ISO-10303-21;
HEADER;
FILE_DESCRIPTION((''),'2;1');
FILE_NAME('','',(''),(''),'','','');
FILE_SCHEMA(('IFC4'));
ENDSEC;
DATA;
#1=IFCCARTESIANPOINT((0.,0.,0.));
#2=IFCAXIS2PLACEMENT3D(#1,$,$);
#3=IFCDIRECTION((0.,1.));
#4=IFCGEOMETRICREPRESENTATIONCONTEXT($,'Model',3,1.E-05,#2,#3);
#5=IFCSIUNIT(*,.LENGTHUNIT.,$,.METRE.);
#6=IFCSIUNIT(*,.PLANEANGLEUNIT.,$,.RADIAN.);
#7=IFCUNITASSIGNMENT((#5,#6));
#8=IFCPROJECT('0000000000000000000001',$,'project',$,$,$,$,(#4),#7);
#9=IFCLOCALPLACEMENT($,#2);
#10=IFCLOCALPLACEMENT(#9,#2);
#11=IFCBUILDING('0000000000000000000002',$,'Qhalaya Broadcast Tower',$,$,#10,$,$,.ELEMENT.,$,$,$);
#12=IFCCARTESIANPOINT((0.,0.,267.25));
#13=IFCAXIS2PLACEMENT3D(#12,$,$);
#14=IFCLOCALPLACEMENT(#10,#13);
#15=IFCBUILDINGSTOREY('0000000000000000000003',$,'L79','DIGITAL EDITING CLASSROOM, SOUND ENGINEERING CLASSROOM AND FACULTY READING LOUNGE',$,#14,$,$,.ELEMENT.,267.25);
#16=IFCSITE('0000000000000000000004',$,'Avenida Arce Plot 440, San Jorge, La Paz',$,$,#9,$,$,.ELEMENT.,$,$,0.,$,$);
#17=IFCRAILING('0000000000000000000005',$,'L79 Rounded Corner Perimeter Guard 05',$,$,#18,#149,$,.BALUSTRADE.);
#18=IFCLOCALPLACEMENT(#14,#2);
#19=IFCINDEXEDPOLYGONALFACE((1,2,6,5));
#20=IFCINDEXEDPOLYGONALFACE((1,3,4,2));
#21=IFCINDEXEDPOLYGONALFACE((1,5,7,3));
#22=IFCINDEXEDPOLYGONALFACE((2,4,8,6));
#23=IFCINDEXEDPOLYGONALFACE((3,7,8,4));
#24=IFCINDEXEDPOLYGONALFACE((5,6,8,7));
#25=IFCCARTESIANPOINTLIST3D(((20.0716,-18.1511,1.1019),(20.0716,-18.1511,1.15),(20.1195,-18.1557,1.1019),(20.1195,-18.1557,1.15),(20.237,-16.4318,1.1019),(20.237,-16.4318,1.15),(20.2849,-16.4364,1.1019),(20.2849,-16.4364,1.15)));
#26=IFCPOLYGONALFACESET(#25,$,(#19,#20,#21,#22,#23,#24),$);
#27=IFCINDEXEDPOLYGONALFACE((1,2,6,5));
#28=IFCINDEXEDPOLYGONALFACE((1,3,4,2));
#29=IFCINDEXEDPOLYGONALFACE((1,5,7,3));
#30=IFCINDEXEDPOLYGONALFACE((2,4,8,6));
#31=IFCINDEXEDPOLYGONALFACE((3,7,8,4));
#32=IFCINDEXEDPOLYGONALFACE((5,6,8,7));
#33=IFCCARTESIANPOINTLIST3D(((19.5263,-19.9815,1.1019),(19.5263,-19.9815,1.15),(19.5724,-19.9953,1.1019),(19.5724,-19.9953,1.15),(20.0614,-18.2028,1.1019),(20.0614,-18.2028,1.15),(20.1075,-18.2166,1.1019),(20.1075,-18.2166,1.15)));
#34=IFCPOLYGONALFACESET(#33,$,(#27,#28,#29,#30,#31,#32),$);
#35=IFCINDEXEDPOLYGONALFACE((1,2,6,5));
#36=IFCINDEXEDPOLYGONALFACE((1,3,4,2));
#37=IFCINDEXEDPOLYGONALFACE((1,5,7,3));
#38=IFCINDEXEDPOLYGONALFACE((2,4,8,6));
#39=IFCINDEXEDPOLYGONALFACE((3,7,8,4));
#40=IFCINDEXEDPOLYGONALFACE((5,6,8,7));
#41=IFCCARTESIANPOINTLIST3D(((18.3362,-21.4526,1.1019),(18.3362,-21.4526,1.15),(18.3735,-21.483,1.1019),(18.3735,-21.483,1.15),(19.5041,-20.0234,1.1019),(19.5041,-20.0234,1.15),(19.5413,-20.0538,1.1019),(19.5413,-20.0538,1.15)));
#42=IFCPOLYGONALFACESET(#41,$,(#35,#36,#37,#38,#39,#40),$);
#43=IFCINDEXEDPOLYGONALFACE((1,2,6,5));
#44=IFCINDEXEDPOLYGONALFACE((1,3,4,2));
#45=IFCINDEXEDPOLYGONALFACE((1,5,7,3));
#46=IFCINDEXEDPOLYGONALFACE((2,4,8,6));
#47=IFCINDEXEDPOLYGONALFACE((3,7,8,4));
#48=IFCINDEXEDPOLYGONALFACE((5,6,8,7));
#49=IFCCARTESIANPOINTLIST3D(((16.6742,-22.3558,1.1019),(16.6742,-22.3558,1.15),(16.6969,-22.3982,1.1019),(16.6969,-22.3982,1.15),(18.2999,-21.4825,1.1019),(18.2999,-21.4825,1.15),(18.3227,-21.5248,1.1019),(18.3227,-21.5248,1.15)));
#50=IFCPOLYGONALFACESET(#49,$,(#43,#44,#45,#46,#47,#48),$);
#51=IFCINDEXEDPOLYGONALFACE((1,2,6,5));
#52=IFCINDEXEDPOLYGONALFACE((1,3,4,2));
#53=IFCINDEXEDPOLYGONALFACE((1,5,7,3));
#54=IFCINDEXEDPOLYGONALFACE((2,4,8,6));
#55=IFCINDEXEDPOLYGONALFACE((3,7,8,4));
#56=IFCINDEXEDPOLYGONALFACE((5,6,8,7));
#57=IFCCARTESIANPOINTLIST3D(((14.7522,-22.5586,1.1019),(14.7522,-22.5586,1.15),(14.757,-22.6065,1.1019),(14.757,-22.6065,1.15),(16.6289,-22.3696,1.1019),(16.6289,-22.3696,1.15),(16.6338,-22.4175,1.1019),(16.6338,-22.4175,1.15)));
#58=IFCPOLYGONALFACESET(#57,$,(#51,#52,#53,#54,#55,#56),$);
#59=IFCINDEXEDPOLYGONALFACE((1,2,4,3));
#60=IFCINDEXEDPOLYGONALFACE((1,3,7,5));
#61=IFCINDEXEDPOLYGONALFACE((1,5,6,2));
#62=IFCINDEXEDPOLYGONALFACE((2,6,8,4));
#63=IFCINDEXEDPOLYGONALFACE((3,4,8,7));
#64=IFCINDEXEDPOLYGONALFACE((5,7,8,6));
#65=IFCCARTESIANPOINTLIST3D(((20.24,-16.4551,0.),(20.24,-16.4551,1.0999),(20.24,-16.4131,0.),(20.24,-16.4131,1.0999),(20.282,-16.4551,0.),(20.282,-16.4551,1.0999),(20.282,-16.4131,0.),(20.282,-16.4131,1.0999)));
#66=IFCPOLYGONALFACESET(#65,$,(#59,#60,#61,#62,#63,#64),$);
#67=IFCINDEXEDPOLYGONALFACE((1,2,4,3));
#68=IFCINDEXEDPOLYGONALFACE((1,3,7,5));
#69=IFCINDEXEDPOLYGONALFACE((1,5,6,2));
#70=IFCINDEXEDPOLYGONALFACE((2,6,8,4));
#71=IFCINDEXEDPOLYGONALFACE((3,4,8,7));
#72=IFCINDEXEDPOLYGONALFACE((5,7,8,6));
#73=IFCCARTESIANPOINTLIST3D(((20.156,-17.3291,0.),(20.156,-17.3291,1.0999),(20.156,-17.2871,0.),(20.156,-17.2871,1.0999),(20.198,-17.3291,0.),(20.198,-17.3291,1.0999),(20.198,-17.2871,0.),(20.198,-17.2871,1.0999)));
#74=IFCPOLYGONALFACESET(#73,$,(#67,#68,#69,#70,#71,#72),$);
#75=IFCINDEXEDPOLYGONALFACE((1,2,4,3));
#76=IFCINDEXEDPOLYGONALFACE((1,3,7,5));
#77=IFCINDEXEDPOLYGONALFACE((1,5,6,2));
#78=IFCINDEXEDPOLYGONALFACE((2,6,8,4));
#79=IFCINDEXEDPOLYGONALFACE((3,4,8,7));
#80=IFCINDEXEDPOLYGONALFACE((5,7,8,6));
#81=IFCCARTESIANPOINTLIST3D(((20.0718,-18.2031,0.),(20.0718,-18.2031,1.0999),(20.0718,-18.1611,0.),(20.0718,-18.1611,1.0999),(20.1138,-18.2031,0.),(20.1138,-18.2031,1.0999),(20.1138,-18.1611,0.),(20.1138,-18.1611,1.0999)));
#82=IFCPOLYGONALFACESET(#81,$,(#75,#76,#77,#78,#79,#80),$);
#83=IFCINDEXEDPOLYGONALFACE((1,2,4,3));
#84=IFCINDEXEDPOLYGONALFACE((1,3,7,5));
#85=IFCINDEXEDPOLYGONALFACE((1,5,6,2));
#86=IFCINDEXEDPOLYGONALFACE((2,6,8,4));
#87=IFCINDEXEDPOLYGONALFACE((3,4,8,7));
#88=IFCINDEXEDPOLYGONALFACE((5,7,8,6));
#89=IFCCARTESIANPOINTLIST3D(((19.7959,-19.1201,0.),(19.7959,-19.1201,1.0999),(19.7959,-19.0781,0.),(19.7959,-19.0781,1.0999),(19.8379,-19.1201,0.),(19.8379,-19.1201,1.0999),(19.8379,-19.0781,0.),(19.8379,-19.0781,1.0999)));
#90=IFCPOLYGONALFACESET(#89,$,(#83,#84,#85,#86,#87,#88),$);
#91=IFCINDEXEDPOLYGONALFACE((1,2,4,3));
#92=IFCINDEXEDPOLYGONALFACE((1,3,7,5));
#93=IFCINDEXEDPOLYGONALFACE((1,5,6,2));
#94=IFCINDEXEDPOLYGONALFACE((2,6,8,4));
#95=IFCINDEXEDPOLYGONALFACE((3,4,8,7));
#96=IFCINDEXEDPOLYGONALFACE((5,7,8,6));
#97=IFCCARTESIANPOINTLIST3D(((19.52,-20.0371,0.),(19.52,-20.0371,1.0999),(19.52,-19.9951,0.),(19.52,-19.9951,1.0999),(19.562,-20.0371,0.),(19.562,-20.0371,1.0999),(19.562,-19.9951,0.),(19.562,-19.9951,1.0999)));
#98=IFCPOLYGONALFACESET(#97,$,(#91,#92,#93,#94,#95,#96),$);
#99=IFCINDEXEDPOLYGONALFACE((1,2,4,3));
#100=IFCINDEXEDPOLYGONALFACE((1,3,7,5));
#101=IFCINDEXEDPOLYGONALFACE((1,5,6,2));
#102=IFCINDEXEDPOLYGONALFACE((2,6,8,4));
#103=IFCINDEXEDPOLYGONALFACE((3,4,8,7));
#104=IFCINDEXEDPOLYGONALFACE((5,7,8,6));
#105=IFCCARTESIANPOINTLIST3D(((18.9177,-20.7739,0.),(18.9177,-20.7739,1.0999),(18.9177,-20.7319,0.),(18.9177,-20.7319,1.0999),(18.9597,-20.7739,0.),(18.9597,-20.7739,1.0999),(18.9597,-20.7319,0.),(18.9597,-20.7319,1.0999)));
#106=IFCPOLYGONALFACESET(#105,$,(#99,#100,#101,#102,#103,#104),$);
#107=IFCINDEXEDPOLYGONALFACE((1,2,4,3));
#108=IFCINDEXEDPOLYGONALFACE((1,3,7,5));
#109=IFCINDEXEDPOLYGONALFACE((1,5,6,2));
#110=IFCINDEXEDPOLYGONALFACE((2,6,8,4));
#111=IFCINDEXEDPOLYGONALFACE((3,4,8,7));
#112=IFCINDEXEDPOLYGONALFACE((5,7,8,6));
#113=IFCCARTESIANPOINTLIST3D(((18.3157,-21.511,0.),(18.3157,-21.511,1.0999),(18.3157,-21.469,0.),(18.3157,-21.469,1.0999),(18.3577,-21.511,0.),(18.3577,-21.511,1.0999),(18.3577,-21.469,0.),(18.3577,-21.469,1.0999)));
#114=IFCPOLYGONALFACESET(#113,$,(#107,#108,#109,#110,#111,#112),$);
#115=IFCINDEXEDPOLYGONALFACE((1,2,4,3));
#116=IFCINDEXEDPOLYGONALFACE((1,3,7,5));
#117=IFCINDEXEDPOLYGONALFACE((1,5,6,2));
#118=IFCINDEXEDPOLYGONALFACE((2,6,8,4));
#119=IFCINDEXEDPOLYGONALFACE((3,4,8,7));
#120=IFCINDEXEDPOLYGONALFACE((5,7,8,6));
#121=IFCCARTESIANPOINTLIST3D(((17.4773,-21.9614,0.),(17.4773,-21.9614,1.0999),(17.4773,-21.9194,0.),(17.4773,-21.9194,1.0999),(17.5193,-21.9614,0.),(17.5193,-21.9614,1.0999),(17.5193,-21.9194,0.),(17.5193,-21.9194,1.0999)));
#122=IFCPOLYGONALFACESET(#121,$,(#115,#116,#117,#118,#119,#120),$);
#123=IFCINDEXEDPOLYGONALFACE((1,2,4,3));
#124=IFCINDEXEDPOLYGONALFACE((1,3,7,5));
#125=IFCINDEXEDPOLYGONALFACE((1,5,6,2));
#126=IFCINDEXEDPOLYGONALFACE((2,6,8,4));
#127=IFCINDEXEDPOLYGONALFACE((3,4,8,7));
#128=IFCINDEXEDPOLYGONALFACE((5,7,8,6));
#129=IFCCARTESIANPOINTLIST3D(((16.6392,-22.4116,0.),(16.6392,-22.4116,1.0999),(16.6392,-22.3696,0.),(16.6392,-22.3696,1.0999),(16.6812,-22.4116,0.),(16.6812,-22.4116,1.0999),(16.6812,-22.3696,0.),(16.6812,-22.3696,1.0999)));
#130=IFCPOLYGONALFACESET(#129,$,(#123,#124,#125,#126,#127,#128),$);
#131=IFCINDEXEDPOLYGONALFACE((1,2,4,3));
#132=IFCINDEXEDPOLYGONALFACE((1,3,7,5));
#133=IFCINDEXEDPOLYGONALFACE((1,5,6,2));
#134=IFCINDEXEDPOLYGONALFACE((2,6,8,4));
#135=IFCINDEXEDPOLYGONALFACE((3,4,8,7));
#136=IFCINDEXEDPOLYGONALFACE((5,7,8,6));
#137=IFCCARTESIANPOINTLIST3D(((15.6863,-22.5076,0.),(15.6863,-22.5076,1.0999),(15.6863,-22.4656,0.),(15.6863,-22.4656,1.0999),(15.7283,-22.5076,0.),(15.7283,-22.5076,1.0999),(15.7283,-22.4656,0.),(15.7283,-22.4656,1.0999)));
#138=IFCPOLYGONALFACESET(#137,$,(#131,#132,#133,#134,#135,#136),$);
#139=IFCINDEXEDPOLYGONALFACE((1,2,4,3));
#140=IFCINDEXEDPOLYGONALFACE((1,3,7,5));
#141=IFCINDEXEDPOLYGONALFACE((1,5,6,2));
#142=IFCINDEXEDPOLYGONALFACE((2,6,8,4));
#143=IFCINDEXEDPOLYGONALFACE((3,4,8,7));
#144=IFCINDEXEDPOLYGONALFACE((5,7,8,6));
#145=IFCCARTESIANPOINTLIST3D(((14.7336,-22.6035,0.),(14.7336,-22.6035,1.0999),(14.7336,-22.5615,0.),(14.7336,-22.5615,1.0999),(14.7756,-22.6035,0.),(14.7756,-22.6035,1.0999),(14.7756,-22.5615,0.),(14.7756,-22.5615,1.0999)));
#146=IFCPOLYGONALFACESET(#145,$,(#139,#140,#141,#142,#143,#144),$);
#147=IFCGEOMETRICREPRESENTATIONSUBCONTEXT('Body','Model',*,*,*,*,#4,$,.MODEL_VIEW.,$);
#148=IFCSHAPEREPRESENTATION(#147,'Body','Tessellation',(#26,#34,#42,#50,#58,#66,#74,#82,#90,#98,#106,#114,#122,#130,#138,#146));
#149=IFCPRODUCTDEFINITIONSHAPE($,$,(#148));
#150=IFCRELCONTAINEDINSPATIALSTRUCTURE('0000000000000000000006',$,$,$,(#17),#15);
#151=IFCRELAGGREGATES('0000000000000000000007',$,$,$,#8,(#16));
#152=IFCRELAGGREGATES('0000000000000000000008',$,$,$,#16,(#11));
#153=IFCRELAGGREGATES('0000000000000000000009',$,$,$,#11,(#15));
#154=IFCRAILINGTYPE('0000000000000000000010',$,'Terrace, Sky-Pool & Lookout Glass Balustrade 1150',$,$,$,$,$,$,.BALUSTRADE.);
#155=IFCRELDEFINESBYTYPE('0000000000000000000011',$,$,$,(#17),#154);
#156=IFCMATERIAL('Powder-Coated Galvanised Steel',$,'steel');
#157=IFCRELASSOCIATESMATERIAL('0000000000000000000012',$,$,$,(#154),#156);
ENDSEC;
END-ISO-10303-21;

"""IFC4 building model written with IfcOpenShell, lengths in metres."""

from ifc_helpers import new_model, si_unit, direction, frame, origin, origin_2d, place, context, subcontext, project, spatial, rectangle, extrude, material, type_object, element, save


model = new_model("IFC4")

# Units and contexts
model_context = context("Model", 3, precision=1e-05, world=origin(), true_north=direction((0.0, 1.0)))
body_context = subcontext(model_context, "Body", "Model", "MODEL_VIEW")
ifc_project = project(units=[si_unit("LENGTHUNIT", "METRE"), si_unit("PLANEANGLEUNIT", "RADIAN")], contexts=[model_context])

# Site, building, storey
site_placement = place(None, origin())
site = spatial("IfcSite", under=ifc_project, at=site_placement, Name="Avenida Arce Plot 440, San Jorge, La Paz", CompositionType="ELEMENT", RefElevation=0.0)
building_placement = place(site_placement, origin())
building = spatial("IfcBuilding", under=site, at=building_placement, Name="Qhalaya Broadcast Tower", CompositionType="ELEMENT")
storey_placement = place(building_placement, frame((0.0, 0.0, 267.25)))
storey = spatial("IfcBuildingStorey", under=building, at=storey_placement, Name="L79", Description="DIGITAL EDITING CLASSROOM, SOUND ENGINEERING CLASSROOM AND FACULTY READING LOUNGE", CompositionType="ELEMENT", Elevation=267.25)

# Railing
ifc_material_1 = material(Name="Powder-Coated Galvanised Steel", Category="steel")
railing_type = type_object("IfcRailingType", Name="Terrace, Sky-Pool & Lookout Glass Balustrade 1150", PredefinedType="BALUSTRADE", material=ifc_material_1)
railing_1_placement = place(storey_placement, frame((20.261, -16.4341, 0.0)))
element("IfcRailing", 1, at=railing_1_placement, inside=storey, type_object=railing_type, Name="L79 Rounded Corner Perimeter Guard 05", PredefinedType="BALUSTRADE", context=body_context, shape_type="SweptSolid", body=[
    extrude(rectangle(XDim=0.0481, YDim=0.0481, at=origin_2d()), frame((0.0, 0.0, 1.126), z_axis=(-0.095787, -0.995402, 0.0), x_axis=(0.995402, -0.095787, 0.0)), (0.0, 0.0, 1.0), 1.7273),
    extrude(rectangle(XDim=0.0481, YDim=0.0481, at=origin_2d()), frame((-0.1765, -1.7756, 1.126), z_axis=(-0.288096, -0.957601, 0.0), x_axis=(0.957601, -0.288096, 0.0)), (0.0, 0.0, 1.0), 1.8574),
    extrude(rectangle(XDim=0.0481, YDim=0.0481, at=origin_2d()), frame((-0.7383, -3.6045, 1.126), z_axis=(-0.632749, -0.774357, 0.0), x_axis=(0.774357, -0.632749, 0.0)), (0.0, 0.0, 1.0), 1.8457),
    extrude(rectangle(XDim=0.0481, YDim=0.0481, at=origin_2d()), frame((-1.9497, -5.0696, 1.126), z_axis=(-0.880932, -0.473243, 0.0), x_axis=(0.473243, -0.880932, 0.0)), (0.0, 0.0, 1.0), 1.8455),
    extrude(rectangle(XDim=0.0481, YDim=0.0481, at=origin_2d()), frame((-3.6296, -5.9595, 1.126), z_axis=(-0.994968, -0.100198, 0.0), x_axis=(0.100198, -0.994968, 0.0)), (0.0, 0.0, 1.0), 1.8862),
    extrude(rectangle(XDim=0.042, YDim=0.042, at=origin_2d()), origin(), (0.0, 0.0, 1.0), 1.0999),
    extrude(rectangle(XDim=0.042, YDim=0.042, at=origin_2d()), frame((-0.084, -0.874, 0.0)), (0.0, 0.0, 1.0), 1.0999),
    extrude(rectangle(XDim=0.042, YDim=0.042, at=origin_2d()), frame((-0.1682, -1.748, 0.0)), (0.0, 0.0, 1.0), 1.0999),
    extrude(rectangle(XDim=0.042, YDim=0.042, at=origin_2d()), frame((-0.4441, -2.665, 0.0)), (0.0, 0.0, 1.0), 1.0999),
    extrude(rectangle(XDim=0.042, YDim=0.042, at=origin_2d()), frame((-0.72, -3.582, 0.0)), (0.0, 0.0, 1.0), 1.0999),
    extrude(rectangle(XDim=0.042, YDim=0.042, at=origin_2d()), frame((-1.3223, -4.3188, 0.0)), (0.0, 0.0, 1.0), 1.0999),
    extrude(rectangle(XDim=0.042, YDim=0.042, at=origin_2d()), frame((-1.9243, -5.0559, 0.0)), (0.0, 0.0, 1.0), 1.0999),
    extrude(rectangle(XDim=0.042, YDim=0.042, at=origin_2d()), frame((-2.7627, -5.5063, 0.0)), (0.0, 0.0, 1.0), 1.0999),
    extrude(rectangle(XDim=0.042, YDim=0.042, at=origin_2d()), frame((-3.6008, -5.9565, 0.0)), (0.0, 0.0, 1.0), 1.0999),
    extrude(rectangle(XDim=0.042, YDim=0.042, at=origin_2d()), frame((-4.5537, -6.0525, 0.0)), (0.0, 0.0, 1.0), 1.0999),
    extrude(rectangle(XDim=0.042, YDim=0.042, at=origin_2d()), frame((-5.5063, -6.1484, 0.0)), (0.0, 0.0, 1.0), 1.0999),
])

save(model, "model.ifc")
